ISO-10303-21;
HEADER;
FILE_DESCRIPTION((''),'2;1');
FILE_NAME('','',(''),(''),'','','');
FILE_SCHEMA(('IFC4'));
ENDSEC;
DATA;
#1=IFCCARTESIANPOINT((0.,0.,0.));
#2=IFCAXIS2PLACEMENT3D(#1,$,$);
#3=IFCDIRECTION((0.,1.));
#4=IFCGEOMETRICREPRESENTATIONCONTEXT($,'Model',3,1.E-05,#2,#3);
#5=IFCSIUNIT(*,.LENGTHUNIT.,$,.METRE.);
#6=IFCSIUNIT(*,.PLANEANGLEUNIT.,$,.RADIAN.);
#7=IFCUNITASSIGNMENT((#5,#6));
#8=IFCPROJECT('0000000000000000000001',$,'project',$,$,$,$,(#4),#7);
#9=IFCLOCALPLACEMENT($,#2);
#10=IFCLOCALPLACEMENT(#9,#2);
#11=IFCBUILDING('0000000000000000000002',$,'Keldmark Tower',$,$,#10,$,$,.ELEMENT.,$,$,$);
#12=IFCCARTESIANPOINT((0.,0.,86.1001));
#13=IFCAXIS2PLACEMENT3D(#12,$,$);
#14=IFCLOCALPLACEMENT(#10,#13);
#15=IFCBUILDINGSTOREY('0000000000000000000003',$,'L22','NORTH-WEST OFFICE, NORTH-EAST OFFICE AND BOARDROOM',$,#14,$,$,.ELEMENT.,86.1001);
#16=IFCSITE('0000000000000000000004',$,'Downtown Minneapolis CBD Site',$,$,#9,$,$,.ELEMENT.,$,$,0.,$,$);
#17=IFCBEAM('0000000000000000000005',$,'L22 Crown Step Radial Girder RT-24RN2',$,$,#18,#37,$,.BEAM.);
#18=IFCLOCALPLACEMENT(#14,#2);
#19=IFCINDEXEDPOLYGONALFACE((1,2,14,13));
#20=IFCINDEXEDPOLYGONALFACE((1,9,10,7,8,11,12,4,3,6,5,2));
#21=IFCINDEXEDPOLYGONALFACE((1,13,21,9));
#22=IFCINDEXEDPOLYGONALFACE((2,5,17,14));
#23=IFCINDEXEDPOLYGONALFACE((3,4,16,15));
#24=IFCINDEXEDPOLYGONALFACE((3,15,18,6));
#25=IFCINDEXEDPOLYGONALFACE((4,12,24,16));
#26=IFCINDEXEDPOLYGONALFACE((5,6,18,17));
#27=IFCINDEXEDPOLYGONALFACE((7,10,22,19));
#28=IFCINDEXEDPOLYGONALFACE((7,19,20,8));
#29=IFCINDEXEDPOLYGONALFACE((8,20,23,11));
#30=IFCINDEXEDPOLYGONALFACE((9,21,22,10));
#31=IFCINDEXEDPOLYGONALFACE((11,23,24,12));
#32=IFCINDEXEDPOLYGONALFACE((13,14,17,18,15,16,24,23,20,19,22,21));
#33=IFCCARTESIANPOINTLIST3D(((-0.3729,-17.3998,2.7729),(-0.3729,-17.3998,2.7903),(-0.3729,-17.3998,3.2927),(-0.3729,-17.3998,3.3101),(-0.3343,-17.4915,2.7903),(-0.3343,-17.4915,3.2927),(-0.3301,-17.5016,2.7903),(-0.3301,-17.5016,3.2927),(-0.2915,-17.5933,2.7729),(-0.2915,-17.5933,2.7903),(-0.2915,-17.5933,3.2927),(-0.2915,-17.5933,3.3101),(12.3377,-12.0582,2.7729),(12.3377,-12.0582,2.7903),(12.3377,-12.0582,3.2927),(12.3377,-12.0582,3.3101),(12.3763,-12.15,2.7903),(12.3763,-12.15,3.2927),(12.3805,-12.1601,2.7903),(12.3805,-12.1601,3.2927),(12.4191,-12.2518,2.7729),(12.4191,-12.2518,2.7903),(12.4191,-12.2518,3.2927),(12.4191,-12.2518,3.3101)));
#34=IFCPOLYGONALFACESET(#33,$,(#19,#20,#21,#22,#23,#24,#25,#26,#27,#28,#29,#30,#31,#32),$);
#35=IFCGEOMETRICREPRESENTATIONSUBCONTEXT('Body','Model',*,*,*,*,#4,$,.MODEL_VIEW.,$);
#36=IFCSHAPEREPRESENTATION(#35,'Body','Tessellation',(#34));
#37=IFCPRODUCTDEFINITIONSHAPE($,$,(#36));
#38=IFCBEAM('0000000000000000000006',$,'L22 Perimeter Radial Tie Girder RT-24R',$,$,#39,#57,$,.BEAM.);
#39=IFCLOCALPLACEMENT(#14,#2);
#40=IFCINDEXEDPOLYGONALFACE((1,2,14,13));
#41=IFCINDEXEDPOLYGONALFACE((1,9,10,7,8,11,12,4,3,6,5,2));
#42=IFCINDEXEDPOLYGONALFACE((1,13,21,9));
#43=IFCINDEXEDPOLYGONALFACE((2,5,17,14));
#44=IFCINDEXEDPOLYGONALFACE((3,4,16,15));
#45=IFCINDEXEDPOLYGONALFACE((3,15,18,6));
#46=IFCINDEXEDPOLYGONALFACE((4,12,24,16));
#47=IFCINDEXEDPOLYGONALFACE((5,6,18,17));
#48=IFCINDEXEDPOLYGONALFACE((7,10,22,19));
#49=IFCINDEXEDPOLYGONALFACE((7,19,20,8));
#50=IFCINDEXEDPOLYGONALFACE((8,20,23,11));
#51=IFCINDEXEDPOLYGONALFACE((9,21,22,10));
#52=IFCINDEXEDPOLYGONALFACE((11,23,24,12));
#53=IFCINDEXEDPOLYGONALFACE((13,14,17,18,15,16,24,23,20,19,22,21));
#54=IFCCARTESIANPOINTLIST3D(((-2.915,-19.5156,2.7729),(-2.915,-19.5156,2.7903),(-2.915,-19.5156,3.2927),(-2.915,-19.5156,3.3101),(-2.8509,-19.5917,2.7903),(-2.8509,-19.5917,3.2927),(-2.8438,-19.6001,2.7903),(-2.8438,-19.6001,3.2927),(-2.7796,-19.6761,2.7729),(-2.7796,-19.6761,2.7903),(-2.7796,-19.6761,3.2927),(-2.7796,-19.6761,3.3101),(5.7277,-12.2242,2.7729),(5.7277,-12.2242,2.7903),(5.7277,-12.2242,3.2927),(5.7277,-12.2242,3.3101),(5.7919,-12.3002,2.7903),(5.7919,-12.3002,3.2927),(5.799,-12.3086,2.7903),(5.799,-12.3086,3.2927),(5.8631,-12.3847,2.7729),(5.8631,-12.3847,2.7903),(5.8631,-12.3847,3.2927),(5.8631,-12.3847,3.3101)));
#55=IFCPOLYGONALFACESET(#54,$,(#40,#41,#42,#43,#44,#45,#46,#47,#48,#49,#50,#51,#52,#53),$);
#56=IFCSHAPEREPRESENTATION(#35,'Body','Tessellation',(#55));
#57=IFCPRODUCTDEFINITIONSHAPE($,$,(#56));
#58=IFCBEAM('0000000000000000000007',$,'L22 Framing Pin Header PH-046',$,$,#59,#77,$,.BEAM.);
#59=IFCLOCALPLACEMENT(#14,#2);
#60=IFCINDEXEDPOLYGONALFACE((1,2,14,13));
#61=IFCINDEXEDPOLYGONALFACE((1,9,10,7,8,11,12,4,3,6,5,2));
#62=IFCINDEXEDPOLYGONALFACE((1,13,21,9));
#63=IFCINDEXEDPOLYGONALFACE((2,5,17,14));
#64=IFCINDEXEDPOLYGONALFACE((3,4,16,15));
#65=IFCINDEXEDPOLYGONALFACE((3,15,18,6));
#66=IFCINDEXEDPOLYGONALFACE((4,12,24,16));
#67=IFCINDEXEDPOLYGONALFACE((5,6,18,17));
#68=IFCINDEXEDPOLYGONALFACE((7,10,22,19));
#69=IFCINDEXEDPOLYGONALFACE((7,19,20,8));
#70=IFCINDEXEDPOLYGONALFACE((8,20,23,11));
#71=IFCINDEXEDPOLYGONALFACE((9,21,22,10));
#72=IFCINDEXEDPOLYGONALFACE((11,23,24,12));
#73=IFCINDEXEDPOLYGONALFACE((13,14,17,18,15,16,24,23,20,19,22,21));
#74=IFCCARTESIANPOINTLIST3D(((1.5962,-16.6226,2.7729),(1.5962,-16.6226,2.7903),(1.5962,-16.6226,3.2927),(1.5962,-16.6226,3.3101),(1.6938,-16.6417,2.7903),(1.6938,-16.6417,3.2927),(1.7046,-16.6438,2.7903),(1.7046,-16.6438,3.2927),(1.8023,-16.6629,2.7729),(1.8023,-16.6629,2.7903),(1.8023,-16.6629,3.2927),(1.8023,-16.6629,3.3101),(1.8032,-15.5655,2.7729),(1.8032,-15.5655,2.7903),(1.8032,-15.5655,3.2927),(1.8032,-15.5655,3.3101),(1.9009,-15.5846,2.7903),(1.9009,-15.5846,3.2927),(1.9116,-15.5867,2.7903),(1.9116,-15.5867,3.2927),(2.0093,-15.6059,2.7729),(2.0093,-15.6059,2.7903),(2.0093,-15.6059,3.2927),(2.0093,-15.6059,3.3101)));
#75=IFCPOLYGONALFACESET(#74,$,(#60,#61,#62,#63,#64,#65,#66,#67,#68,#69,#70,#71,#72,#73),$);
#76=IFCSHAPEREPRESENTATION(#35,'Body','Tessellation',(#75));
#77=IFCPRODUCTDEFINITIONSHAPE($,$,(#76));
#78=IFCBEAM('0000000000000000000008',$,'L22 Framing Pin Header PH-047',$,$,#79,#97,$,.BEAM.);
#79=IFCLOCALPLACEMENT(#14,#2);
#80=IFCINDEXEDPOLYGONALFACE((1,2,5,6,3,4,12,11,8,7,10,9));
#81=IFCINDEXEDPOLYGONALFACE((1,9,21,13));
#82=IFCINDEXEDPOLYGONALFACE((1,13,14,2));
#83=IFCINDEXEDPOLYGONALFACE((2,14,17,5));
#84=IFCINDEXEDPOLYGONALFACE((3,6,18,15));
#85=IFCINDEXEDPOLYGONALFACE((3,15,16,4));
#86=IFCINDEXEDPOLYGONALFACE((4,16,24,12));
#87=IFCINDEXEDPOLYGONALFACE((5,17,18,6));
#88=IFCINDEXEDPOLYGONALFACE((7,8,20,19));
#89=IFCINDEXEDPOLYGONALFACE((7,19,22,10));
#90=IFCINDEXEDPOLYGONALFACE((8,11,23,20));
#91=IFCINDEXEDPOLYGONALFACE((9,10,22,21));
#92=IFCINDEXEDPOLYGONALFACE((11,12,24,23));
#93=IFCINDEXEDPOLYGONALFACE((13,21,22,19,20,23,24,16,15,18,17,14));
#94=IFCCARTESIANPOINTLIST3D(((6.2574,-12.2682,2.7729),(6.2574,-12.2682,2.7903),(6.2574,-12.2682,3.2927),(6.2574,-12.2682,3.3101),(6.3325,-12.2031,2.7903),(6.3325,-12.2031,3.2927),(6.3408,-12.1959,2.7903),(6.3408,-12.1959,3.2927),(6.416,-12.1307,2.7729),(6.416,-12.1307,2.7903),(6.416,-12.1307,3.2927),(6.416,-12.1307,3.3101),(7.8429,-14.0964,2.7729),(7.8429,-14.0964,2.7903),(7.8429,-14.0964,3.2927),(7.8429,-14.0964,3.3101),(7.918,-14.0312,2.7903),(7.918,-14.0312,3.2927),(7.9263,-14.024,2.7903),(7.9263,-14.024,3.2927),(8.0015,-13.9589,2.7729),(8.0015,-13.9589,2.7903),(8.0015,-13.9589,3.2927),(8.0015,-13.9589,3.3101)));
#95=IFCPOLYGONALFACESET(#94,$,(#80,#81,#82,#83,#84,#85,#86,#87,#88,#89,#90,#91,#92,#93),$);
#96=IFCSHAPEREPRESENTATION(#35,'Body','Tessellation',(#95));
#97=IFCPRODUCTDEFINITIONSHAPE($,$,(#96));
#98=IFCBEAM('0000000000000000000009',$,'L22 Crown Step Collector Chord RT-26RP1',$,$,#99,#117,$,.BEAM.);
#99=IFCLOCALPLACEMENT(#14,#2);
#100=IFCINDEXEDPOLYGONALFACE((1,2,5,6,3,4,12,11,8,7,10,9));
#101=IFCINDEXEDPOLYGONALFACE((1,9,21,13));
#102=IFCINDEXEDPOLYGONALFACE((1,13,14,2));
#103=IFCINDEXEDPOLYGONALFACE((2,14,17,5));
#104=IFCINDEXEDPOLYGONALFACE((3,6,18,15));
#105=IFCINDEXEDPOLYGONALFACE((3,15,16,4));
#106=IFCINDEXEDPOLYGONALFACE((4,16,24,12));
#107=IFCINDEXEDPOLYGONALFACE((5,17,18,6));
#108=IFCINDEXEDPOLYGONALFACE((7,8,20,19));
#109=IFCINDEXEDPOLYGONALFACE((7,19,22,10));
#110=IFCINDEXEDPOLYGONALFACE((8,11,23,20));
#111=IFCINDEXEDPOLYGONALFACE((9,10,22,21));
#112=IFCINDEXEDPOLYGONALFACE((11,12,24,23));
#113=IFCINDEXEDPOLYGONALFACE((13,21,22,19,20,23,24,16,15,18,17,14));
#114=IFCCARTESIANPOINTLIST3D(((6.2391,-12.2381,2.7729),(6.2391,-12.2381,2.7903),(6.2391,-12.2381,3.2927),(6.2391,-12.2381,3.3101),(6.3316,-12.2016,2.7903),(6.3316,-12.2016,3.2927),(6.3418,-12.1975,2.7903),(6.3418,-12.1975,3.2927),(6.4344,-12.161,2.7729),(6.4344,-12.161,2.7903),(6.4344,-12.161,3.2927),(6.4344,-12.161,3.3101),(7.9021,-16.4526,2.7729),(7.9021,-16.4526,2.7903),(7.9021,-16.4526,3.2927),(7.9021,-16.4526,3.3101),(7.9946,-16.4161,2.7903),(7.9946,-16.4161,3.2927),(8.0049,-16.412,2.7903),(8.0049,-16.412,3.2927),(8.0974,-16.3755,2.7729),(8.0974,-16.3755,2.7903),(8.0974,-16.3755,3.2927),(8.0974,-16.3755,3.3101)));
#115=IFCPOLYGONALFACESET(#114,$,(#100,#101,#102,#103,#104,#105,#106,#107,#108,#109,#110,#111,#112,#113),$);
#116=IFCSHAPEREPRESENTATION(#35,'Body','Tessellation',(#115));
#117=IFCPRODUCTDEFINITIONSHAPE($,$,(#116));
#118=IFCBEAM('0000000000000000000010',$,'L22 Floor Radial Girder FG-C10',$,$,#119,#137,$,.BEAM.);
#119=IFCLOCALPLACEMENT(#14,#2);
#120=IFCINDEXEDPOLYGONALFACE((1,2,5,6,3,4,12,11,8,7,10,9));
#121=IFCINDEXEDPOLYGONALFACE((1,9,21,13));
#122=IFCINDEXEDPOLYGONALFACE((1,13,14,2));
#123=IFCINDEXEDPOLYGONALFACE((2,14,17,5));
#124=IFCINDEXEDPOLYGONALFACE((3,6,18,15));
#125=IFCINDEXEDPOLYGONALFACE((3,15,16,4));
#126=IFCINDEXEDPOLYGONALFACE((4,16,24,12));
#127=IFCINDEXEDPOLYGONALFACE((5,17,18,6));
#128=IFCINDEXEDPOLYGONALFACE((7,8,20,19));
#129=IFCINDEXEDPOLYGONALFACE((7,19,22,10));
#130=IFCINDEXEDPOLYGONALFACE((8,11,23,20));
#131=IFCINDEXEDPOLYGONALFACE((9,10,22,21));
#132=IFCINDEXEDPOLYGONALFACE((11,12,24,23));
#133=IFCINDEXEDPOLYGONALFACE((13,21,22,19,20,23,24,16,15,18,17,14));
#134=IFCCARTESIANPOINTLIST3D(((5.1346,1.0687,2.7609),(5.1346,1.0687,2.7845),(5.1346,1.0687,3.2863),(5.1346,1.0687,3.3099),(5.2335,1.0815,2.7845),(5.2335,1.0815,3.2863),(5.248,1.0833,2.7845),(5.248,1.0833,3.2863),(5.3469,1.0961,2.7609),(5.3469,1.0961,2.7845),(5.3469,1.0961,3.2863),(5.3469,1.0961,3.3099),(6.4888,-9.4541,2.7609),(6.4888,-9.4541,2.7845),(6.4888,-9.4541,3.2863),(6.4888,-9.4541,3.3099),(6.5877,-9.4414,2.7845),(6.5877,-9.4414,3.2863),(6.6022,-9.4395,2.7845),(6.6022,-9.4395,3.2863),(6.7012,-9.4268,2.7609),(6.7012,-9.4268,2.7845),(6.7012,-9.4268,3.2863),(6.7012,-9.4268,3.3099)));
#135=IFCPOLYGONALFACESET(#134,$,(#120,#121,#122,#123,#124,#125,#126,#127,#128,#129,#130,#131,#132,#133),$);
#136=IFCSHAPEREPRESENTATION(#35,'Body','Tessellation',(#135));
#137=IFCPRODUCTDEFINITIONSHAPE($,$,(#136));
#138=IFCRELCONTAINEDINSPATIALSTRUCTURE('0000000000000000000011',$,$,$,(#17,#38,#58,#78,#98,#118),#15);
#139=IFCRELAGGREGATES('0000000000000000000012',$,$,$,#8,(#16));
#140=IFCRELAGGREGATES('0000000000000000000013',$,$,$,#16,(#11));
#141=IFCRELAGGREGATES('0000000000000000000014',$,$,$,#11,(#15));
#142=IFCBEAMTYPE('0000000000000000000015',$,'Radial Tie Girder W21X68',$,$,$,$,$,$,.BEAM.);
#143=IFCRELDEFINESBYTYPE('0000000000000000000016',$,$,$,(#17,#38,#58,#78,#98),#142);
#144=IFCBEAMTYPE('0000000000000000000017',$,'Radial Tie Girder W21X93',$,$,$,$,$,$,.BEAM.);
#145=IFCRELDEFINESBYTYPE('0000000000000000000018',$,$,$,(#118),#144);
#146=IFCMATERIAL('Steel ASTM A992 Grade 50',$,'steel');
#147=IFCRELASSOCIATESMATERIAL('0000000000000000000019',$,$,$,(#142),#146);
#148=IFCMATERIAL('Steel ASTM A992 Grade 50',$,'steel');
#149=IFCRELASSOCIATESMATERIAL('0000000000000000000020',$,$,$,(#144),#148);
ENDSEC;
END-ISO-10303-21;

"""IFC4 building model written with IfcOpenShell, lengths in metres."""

from ifc_helpers import new_model, si_unit, direction, frame, origin, origin_2d, place, context, subcontext, project, spatial, i_section, extrude, material, material_profile, profile_set, type_object, element, save


model = new_model("IFC4")

# Units and contexts
model_context = context("Model", 3, precision=1e-05, world=origin(), true_north=direction((0.0, 1.0)))
body_context = subcontext(model_context, "Body", "Model", "MODEL_VIEW")
ifc_project = project(units=[si_unit("LENGTHUNIT", "METRE"), si_unit("PLANEANGLEUNIT", "RADIAN")], contexts=[model_context])

# Site, building, storey
site_placement = place(None, origin())
site = spatial("IfcSite", under=ifc_project, at=site_placement, Name="Downtown Minneapolis CBD Site", CompositionType="ELEMENT", RefElevation=0.0)
building_placement = place(site_placement, origin())
building = spatial("IfcBuilding", under=site, at=building_placement, Name="Keldmark Tower", CompositionType="ELEMENT")
storey_placement = place(building_placement, frame((0.0, 0.0, 86.1001)))
storey = spatial("IfcBuildingStorey", under=building, at=storey_placement, Name="L22", Description="NORTH-WEST OFFICE, NORTH-EAST OFFICE AND BOARDROOM", CompositionType="ELEMENT", Elevation=86.1001)

# Beams
ifc_material_1 = material(Name="Steel ASTM A992 Grade 50", Category="steel")
ifc_material_profile_1 = material_profile(ifc_material_1, i_section(OverallWidth=0.21, OverallDepth=0.5371, WebThickness=0.011, FlangeThickness=0.0173, at=origin_2d()), Name="W21X68")
ifc_profile_set_1 = profile_set([ifc_material_profile_1], Name="Steel ASTM A992 Grade 50")
beam_type_1 = type_object("IfcBeamType", Name="Radial Tie Girder W21X68", PredefinedType="BEAM", material=ifc_profile_set_1)
beam_1_placement = place(storey_placement, frame((12.3784, -12.155, 3.0415), z_axis=(-0.921903, -0.387421, 0.0), x_axis=(0.387421, -0.921903, 0.0)))
element("IfcBeam", 1, at=beam_1_placement, inside=storey, type_object=beam_type_1, Name="L22 Crown Step Radial Girder RT-24RN2", PredefinedType="BEAM", context=body_context, shape_type="SweptSolid", body=[
    extrude(i_section(OverallWidth=0.21, OverallDepth=0.5371, WebThickness=0.011, FlangeThickness=0.0173, at=origin_2d()), origin(), (0.0, 0.0, 1.0), 13.7874),
])
beam_2_placement = place(storey_placement, frame((5.7954, -12.3044, 3.0415), z_axis=(-0.76433, -0.644826, 0.0), x_axis=(0.644826, -0.76433, 0.0)))
element("IfcBeam", 2, at=beam_2_placement, inside=storey, type_object=beam_type_1, Name="L22 Perimeter Radial Tie Girder RT-24R", PredefinedType="BEAM", context=body_context, shape_type="SweptSolid", body=[
    extrude(i_section(OverallWidth=0.21, OverallDepth=0.5371, WebThickness=0.011, FlangeThickness=0.0173, at=origin_2d()), origin(), (0.0, 0.0, 1.0), 11.3076),
])
beam_3_placement = place(storey_placement, frame((1.9062, -15.5857, 3.0415), z_axis=(-0.192192, -0.981357, 0.0), x_axis=(0.981357, -0.192192, 0.0)))
element("IfcBeam", 3, at=beam_3_placement, inside=storey, type_object=beam_type_1, Name="L22 Framing Pin Header PH-046", PredefinedType="BEAM", context=body_context, shape_type="SweptSolid", body=[
    extrude(i_section(OverallWidth=0.21, OverallDepth=0.5371, WebThickness=0.011, FlangeThickness=0.0173, at=origin_2d()), origin(), (0.0, 0.0, 1.0), 1.0771),
])
beam_4_placement = place(storey_placement, frame((6.3367, -12.1995, 3.0415), z_axis=(0.655184, -0.755469, 0.0), x_axis=(0.755469, 0.655184, 0.0)))
element("IfcBeam", 4, at=beam_4_placement, inside=storey, type_object=beam_type_1, Name="L22 Framing Pin Header PH-047", PredefinedType="BEAM", context=body_context, shape_type="SweptSolid", body=[
    extrude(i_section(OverallWidth=0.21, OverallDepth=0.5371, WebThickness=0.011, FlangeThickness=0.0173, at=origin_2d()), origin(), (0.0, 0.0, 1.0), 2.4199),
])
beam_5_placement = place(storey_placement, frame((7.9998, -16.4141, 3.0415), z_axis=(-0.367057, 0.930198, 0.0), x_axis=(-0.930198, -0.367057, 0.0)))
element("IfcBeam", 5, at=beam_5_placement, inside=storey, type_object=beam_type_1, Name="L22 Crown Step Collector Chord RT-26RP1", PredefinedType="BEAM", context=body_context, shape_type="SweptSolid", body=[
    extrude(i_section(OverallWidth=0.21, OverallDepth=0.5371, WebThickness=0.011, FlangeThickness=0.0173, at=origin_2d()), origin(), (0.0, 0.0, 1.0), 4.5308),
])
ifc_material_2 = material(Name="Steel ASTM A992 Grade 50", Category="steel")
ifc_material_profile_2 = material_profile(ifc_material_2, i_section(OverallWidth=0.2141, OverallDepth=0.5491, WebThickness=0.0146, FlangeThickness=0.0237, at=origin_2d()), Name="W21X93")
ifc_profile_set_2 = profile_set([ifc_material_profile_2], Name="Steel ASTM A992 Grade 50")
beam_type_2 = type_object("IfcBeamType", Name="Radial Tie Girder W21X93", PredefinedType="BEAM", material=ifc_profile_set_2)
beam_6_placement = place(storey_placement, frame((6.595, -9.4404, 3.0354), z_axis=(-0.127642, 0.99182, 0.0), x_axis=(-0.99182, -0.127642, 0.0)))
element("IfcBeam", 6, at=beam_6_placement, inside=storey, type_object=beam_type_2, Name="L22 Floor Radial Girder FG-C10", PredefinedType="BEAM", context=body_context, shape_type="SweptSolid", body=[
    extrude(i_section(OverallWidth=0.2141, OverallDepth=0.5491, WebThickness=0.0146, FlangeThickness=0.0237, at=origin_2d()), origin(), (0.0, 0.0, 1.0), 10.6096),
])

save(model, "model.ifc")
